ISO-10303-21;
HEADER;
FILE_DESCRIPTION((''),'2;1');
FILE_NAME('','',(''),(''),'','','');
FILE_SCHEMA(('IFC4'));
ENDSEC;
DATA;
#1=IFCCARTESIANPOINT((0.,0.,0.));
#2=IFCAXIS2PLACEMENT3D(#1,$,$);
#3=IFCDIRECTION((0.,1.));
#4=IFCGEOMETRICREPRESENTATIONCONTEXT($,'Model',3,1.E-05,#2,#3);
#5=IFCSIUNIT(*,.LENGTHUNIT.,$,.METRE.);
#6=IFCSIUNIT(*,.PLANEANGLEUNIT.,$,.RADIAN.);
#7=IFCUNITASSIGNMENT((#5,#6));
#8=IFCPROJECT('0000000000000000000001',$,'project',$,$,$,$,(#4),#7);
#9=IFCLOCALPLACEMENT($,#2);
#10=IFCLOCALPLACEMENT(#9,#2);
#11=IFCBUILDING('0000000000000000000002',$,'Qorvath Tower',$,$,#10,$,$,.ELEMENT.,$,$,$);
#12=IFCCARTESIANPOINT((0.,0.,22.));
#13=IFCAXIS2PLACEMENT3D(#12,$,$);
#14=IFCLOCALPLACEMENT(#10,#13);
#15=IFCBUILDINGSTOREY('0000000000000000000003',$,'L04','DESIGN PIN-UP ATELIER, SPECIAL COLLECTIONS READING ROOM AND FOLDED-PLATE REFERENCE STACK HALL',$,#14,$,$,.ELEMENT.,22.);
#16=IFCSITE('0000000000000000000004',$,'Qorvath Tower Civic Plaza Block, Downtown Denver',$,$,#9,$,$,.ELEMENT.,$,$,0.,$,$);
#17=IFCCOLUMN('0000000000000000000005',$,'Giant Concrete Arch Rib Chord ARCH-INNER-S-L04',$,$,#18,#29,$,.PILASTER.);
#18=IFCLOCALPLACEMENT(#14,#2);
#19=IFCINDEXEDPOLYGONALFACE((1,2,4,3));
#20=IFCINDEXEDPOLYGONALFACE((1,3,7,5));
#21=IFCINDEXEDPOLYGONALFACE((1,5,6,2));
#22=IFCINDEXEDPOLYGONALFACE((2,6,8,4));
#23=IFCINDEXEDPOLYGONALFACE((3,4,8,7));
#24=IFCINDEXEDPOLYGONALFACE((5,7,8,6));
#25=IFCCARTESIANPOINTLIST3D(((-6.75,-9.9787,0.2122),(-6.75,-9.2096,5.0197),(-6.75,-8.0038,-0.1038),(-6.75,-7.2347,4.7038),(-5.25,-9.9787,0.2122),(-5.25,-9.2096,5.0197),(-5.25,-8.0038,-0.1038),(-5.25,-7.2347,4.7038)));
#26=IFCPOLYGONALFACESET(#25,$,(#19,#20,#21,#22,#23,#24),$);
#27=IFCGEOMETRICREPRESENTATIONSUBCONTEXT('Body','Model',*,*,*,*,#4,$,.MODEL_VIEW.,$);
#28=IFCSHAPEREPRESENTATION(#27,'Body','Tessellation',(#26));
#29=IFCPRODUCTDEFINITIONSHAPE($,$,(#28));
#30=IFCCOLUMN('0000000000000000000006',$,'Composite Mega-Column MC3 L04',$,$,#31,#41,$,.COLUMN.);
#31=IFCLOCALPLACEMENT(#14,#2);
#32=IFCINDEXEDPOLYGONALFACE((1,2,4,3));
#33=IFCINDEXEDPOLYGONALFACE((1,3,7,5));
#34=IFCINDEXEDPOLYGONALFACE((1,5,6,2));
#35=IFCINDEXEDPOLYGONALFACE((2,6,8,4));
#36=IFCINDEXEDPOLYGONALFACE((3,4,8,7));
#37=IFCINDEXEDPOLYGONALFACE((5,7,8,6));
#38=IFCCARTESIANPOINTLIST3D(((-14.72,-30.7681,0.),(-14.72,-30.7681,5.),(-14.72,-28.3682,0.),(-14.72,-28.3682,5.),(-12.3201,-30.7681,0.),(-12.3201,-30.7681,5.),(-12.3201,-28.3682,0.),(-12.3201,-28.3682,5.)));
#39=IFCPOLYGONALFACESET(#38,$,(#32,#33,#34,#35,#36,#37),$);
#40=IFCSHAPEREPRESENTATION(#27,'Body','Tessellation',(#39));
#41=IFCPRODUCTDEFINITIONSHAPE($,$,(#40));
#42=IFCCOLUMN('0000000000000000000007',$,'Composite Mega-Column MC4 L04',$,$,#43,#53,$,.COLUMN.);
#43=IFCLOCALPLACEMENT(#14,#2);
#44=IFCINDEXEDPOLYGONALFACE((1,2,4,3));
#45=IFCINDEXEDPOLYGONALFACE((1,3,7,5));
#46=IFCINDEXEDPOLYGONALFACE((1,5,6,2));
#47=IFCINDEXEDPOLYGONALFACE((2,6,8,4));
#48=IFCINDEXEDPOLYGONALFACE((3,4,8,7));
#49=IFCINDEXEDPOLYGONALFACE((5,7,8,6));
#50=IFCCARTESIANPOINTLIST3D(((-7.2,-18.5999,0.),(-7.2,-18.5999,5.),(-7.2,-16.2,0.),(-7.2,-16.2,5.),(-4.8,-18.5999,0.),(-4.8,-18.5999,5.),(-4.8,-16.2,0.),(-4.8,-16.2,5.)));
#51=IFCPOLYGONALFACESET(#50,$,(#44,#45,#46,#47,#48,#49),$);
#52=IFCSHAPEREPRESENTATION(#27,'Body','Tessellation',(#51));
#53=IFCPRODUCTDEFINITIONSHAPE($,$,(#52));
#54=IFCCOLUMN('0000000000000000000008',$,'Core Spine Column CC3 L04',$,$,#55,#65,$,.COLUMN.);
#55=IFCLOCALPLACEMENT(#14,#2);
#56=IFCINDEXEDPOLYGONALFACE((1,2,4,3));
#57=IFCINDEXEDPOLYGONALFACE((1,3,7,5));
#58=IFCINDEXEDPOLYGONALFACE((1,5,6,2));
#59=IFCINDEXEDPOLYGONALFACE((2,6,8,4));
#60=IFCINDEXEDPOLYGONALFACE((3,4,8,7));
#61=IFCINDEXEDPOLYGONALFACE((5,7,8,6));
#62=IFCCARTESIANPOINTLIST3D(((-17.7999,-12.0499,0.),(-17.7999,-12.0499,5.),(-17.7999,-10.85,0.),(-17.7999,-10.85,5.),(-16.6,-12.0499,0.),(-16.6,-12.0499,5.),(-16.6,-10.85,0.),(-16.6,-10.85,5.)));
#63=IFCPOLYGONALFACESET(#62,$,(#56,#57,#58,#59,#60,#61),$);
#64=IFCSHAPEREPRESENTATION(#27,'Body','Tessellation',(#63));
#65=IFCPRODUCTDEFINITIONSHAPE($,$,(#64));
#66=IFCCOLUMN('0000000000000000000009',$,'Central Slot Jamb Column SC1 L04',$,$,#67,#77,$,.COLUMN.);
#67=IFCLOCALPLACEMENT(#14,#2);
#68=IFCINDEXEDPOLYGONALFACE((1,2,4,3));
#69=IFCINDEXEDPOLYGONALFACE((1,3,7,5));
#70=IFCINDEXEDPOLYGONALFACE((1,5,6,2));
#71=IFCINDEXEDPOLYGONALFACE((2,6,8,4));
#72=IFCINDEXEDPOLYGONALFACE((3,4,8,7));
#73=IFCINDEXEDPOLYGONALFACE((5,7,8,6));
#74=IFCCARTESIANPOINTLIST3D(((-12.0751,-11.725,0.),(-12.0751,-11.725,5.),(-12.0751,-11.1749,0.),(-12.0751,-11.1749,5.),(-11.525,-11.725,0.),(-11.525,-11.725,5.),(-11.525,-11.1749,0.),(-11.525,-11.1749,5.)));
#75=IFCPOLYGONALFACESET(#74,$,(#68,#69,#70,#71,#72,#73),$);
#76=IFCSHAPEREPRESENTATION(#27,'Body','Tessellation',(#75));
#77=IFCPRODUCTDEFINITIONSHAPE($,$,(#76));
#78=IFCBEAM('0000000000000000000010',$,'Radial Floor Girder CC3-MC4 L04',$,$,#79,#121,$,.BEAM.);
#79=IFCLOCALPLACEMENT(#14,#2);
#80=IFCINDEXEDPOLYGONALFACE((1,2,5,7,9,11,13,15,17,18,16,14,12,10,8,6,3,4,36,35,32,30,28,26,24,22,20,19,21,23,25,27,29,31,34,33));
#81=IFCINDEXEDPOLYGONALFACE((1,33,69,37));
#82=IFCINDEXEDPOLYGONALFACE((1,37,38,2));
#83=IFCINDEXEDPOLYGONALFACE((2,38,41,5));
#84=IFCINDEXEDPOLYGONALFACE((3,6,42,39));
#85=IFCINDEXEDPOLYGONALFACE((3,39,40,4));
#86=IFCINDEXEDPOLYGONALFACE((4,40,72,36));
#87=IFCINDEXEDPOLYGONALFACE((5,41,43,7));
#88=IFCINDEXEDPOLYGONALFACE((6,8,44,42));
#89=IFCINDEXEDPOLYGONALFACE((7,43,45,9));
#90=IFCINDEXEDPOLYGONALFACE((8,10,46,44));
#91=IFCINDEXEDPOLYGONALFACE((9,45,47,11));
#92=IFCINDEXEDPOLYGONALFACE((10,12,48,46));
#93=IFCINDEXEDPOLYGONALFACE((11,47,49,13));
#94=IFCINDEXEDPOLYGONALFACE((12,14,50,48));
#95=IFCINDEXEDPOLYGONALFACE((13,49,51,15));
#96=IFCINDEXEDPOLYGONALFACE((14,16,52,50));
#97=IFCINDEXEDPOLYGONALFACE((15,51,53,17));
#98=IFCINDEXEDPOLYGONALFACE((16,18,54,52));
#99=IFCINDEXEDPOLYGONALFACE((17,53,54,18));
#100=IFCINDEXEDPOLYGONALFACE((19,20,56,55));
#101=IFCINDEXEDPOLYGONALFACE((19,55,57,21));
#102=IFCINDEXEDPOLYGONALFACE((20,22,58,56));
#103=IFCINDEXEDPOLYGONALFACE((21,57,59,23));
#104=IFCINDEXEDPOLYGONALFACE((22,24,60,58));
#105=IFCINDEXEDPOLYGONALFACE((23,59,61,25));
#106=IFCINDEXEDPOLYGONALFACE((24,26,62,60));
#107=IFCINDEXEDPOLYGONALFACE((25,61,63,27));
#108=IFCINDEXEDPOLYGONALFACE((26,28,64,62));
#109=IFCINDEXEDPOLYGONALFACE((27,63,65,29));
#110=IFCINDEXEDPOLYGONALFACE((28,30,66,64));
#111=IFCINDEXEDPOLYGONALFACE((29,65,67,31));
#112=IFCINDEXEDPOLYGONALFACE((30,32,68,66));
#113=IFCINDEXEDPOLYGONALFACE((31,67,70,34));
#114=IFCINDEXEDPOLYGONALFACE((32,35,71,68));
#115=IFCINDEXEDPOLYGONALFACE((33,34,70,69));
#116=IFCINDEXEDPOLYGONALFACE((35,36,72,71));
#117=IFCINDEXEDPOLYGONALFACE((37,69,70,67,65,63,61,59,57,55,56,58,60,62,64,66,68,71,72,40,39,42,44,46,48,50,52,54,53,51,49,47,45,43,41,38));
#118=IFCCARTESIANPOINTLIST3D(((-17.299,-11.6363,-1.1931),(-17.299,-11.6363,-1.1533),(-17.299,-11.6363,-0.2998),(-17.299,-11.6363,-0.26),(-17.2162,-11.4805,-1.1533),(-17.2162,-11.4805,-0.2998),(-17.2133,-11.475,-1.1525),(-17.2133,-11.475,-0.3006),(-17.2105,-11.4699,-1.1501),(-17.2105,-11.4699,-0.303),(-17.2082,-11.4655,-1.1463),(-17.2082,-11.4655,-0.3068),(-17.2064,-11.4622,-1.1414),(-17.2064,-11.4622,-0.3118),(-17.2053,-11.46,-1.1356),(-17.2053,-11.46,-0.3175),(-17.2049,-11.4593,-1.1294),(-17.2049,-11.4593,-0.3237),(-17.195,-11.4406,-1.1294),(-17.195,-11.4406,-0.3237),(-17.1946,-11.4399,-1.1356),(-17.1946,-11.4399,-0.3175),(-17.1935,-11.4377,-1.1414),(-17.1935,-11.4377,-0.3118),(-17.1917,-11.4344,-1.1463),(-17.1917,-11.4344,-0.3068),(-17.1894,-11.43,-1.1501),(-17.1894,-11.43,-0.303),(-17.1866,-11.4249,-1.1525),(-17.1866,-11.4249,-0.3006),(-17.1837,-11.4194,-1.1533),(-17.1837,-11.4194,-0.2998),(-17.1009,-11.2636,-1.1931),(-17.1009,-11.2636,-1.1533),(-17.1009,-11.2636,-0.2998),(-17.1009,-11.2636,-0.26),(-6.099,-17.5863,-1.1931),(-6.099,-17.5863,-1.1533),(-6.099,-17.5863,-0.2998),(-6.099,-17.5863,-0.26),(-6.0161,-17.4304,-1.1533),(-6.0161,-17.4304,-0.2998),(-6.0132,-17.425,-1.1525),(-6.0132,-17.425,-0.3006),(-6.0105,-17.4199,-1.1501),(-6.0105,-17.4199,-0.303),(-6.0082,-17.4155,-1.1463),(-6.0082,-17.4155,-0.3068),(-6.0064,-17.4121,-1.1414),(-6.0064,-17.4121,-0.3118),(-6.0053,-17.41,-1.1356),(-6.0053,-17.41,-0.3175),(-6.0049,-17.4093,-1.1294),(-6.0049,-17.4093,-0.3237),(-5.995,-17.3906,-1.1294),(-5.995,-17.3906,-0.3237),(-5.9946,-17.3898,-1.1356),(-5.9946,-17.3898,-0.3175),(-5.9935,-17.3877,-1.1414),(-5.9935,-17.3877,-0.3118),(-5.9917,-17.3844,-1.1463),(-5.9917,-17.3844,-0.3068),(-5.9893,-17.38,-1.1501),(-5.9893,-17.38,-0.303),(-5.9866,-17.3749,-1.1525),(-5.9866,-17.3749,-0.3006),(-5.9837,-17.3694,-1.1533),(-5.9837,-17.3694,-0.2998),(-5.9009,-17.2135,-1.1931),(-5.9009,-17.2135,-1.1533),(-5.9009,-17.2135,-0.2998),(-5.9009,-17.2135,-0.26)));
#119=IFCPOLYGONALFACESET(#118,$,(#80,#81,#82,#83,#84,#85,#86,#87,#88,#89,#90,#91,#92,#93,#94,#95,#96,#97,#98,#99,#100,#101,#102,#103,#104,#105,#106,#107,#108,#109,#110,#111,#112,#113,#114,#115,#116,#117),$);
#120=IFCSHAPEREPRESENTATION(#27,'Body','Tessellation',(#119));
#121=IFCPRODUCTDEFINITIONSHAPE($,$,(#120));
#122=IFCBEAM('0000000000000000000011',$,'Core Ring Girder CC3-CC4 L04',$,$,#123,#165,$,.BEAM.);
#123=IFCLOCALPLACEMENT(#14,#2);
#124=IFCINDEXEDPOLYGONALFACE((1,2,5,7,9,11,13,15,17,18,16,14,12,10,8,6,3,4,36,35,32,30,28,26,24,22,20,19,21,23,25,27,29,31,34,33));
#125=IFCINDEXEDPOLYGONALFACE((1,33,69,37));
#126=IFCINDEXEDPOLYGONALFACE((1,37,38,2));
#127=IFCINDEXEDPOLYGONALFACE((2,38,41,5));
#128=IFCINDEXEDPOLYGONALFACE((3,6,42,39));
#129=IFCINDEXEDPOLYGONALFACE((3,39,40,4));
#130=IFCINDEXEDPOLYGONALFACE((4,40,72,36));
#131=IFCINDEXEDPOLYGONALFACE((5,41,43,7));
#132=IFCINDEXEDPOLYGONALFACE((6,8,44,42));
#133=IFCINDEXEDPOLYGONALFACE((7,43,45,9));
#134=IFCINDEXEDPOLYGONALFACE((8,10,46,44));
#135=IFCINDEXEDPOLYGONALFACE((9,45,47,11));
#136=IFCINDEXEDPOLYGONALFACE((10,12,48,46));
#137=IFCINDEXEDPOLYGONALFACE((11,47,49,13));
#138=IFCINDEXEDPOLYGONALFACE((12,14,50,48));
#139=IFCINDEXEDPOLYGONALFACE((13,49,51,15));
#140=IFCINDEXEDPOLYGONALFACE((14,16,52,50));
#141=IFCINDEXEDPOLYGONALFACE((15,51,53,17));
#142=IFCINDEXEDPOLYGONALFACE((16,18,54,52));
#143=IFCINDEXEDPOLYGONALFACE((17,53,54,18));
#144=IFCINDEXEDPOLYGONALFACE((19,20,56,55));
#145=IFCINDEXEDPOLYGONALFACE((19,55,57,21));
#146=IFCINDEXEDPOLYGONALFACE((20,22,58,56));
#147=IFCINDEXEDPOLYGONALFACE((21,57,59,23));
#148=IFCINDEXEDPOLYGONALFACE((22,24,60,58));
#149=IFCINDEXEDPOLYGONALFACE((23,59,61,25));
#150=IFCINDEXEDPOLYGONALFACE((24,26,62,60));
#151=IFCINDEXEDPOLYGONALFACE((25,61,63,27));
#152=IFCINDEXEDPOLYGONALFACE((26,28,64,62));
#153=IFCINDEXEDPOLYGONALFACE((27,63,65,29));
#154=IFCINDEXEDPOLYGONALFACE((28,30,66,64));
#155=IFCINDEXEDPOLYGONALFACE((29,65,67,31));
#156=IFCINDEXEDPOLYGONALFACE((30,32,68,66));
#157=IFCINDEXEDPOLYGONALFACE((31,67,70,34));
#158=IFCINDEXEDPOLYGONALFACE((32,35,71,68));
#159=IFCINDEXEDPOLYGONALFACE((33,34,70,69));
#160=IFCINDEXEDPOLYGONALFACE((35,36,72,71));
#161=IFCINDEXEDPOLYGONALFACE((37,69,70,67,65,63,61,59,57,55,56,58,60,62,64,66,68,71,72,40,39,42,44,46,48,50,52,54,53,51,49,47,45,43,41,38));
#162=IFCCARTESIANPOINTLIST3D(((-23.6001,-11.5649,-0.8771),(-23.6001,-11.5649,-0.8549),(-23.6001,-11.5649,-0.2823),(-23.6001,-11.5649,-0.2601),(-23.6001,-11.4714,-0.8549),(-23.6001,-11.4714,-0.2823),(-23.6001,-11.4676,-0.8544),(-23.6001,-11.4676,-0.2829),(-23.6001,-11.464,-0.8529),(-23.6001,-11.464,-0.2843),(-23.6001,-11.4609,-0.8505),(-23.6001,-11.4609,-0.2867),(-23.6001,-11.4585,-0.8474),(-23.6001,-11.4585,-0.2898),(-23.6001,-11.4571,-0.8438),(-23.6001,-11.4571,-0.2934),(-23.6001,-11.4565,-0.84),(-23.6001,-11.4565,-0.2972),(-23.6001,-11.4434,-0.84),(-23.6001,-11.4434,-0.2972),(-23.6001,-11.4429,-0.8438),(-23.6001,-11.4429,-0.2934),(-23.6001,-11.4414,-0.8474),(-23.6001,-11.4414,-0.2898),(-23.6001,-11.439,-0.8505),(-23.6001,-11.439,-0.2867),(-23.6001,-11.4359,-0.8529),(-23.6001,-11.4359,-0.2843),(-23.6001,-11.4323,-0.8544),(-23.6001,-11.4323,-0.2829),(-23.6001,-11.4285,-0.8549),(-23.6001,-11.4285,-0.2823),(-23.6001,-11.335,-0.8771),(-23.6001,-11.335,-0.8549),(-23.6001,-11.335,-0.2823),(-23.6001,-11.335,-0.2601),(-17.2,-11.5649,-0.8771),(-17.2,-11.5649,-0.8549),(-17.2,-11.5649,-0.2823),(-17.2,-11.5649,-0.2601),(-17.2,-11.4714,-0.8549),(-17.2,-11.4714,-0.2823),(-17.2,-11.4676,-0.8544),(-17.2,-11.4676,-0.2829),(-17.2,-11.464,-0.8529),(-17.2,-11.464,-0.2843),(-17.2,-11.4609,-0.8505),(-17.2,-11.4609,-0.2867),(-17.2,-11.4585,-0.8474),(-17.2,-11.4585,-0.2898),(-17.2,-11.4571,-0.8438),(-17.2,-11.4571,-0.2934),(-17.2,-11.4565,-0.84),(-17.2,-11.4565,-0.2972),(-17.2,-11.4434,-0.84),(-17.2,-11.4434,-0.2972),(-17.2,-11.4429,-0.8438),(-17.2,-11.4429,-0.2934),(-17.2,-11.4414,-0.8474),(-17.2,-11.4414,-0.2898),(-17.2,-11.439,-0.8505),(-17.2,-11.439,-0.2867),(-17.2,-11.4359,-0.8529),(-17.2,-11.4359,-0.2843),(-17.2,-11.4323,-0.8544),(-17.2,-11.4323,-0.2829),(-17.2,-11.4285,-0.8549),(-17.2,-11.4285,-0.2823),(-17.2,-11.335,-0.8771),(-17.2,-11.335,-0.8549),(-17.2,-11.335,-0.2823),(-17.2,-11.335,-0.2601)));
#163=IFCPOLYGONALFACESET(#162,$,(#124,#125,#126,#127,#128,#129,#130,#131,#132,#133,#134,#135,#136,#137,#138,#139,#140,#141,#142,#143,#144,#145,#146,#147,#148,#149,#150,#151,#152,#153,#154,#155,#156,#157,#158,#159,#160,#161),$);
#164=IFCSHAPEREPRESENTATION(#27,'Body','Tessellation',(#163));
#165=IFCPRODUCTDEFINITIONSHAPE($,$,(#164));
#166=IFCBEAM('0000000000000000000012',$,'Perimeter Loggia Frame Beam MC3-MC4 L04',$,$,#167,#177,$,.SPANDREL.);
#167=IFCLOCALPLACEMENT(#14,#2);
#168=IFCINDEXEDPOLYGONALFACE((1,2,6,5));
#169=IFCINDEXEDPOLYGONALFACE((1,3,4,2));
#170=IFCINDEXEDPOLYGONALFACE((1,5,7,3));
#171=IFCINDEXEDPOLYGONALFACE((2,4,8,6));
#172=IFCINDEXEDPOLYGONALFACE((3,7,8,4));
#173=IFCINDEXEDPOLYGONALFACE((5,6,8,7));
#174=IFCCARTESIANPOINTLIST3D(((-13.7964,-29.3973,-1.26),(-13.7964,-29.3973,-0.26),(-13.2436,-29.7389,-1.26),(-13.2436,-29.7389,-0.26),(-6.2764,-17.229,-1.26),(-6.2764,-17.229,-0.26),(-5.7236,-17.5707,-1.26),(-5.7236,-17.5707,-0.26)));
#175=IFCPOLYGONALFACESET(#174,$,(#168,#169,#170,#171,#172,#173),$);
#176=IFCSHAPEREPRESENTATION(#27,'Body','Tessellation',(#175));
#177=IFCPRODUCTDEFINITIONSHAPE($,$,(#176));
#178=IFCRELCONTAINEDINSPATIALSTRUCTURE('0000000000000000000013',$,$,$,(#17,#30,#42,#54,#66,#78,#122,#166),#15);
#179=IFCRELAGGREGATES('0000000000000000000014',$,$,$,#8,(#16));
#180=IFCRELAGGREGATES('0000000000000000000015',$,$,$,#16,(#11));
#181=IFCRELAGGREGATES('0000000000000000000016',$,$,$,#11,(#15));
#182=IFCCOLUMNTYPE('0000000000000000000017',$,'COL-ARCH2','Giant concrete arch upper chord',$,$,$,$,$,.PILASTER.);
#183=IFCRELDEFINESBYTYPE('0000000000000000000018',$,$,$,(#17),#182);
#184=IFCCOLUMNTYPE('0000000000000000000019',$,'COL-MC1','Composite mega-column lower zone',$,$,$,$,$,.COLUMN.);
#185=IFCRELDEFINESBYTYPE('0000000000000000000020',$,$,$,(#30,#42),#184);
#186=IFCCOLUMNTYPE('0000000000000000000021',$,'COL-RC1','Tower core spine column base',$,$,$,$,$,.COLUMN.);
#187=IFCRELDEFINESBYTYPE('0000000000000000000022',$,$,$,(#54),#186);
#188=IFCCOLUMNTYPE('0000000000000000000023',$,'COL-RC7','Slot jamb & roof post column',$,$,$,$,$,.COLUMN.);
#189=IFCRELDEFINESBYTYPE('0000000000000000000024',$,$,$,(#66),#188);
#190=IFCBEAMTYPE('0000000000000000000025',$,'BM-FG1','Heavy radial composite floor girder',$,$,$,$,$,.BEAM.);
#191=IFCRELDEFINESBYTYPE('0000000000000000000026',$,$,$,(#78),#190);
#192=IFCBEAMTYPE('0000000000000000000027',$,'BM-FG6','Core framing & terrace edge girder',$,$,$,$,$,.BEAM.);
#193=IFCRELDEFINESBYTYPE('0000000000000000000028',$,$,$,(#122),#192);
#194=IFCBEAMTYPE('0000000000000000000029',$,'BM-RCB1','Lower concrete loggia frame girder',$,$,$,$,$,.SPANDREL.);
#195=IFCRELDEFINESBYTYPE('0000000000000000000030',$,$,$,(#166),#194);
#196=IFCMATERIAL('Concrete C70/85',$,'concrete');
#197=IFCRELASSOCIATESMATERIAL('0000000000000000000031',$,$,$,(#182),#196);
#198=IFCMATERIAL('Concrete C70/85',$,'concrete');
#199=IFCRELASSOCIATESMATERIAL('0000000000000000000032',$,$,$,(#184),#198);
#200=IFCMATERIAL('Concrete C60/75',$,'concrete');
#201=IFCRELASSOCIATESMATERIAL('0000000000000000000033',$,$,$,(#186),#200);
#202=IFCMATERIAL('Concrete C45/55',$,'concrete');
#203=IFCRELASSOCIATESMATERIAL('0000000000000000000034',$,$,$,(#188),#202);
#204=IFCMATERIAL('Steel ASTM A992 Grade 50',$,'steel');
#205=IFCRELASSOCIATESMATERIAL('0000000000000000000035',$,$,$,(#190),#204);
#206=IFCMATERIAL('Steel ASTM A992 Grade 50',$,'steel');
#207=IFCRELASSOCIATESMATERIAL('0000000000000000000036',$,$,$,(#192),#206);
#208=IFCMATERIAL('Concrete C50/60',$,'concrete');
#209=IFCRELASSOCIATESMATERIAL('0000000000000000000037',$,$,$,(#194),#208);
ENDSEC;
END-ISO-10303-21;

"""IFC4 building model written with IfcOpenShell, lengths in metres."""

from ifc_helpers import new_model, si_unit, direction, frame, origin, origin_2d, place, context, subcontext, project, spatial, rectangle, i_section, extrude, material, material_profile, profile_set, type_object, element, save


model = new_model("IFC4")

# Units and contexts
model_context = context("Model", 3, precision=1e-05, world=origin(), true_north=direction((0.0, 1.0)))
body_context = subcontext(model_context, "Body", "Model", "MODEL_VIEW")
ifc_project = project(units=[si_unit("LENGTHUNIT", "METRE"), si_unit("PLANEANGLEUNIT", "RADIAN")], contexts=[model_context])

# Site, building, storey
site_placement = place(None, origin())
site = spatial("IfcSite", under=ifc_project, at=site_placement, Name="Qorvath Tower Civic Plaza Block, Downtown Denver", CompositionType="ELEMENT", RefElevation=0.0)
building_placement = place(site_placement, origin())
building = spatial("IfcBuilding", under=site, at=building_placement, Name="Qorvath Tower", CompositionType="ELEMENT")
storey_placement = place(building_placement, frame((0.0, 0.0, 22.0)))
storey = spatial("IfcBuildingStorey", under=building, at=storey_placement, Name="L04", Description="DESIGN PIN-UP ATELIER, SPECIAL COLLECTIONS READING ROOM AND FOLDED-PLATE REFERENCE STACK HALL", CompositionType="ELEMENT", Elevation=22.0)

# Columns
ifc_material_1 = material(Name="Concrete C70/85", Category="concrete")
ifc_material_profile_1 = material_profile(ifc_material_1, rectangle(XDim=1.5, YDim=2.0, at=origin_2d()), Name="ARCH 2000x1500")
ifc_profile_set_1 = profile_set([ifc_material_profile_1], Name="Concrete C70/85")
column_type_1 = type_object("IfcColumnType", Name="COL-ARCH2", Description="Giant concrete arch upper chord", PredefinedType="PILASTER", material=ifc_profile_set_1)
column_1_placement = place(storey_placement, frame((-6.0, -8.9912, 0.0542), z_axis=(0.0, 0.157955, 0.987446), x_axis=(-1.0, 0.0, 0.0)))
element("IfcColumn", 1, at=column_1_placement, inside=storey, type_object=column_type_1, Name="Giant Concrete Arch Rib Chord ARCH-INNER-S-L04", PredefinedType="PILASTER", context=body_context, shape_type="SweptSolid", body=[
    extrude(rectangle(XDim=1.5, YDim=2.0, at=origin_2d()), origin(), (0.0, 0.0, 1.0), 4.8687),
])
ifc_material_2 = material(Name="Concrete C70/85", Category="concrete")
ifc_material_profile_2 = material_profile(ifc_material_2, rectangle(XDim=2.3999, YDim=2.3999, at=origin_2d()), Name="MC 2400x2400")
ifc_profile_set_2 = profile_set([ifc_material_profile_2], Name="Concrete C70/85")
column_type_2 = type_object("IfcColumnType", Name="COL-MC1", Description="Composite mega-column lower zone", PredefinedType="COLUMN", material=ifc_profile_set_2)
for number, where, z_axis, x_axis, name in (
    (2, (-13.52, -29.5681, 0.0), (0.0, 0.0, 1.0), (1.0, 0.0, 0.0), "Composite Mega-Column MC3 L04"),
    (3, (-6.0, -17.3999, 0.0), (0.0, 0.0, 1.0), (1.0, 0.0, 0.0), "Composite Mega-Column MC4 L04"),
):
    element("IfcColumn", number, at=place(storey_placement, frame(where, z_axis=z_axis, x_axis=x_axis)), inside=storey, type_object=column_type_2, Name=name, PredefinedType="COLUMN", context=body_context, shape_type="SweptSolid", body=[
        extrude(rectangle(XDim=2.3999, YDim=2.3999, at=origin_2d()), origin(), (0.0, 0.0, 1.0), 5.0),
    ])
ifc_material_3 = material(Name="Concrete C60/75", Category="concrete")
ifc_material_profile_3 = material_profile(ifc_material_3, rectangle(XDim=1.2, YDim=1.2, at=origin_2d()), Name="RC 1200x1200")
ifc_profile_set_3 = profile_set([ifc_material_profile_3], Name="Concrete C60/75")
column_type_3 = type_object("IfcColumnType", Name="COL-RC1", Description="Tower core spine column base", PredefinedType="COLUMN", material=ifc_profile_set_3)
column_2_placement = place(storey_placement, frame((-17.2, -11.45, 0.0), z_axis=(0.0, 0.0, 1.0), x_axis=(1.0, 0.0, 0.0)))
element("IfcColumn", 4, at=column_2_placement, inside=storey, type_object=column_type_3, Name="Core Spine Column CC3 L04", PredefinedType="COLUMN", context=body_context, shape_type="SweptSolid", body=[
    extrude(rectangle(XDim=1.2, YDim=1.2, at=origin_2d()), origin(), (0.0, 0.0, 1.0), 5.0),
])
ifc_material_4 = material(Name="Concrete C45/55", Category="concrete")
ifc_material_profile_4 = material_profile(ifc_material_4, rectangle(XDim=0.55, YDim=0.55, at=origin_2d()), Name="RC 550x550")
ifc_profile_set_4 = profile_set([ifc_material_profile_4], Name="Concrete C45/55")
column_type_4 = type_object("IfcColumnType", Name="COL-RC7", Description="Slot jamb & roof post column", PredefinedType="COLUMN", material=ifc_profile_set_4)
column_3_placement = place(storey_placement, frame((-11.8, -11.45, 0.0), z_axis=(0.0, 0.0, 1.0), x_axis=(1.0, 0.0, 0.0)))
element("IfcColumn", 5, at=column_3_placement, inside=storey, type_object=column_type_4, Name="Central Slot Jamb Column SC1 L04", PredefinedType="COLUMN", context=body_context, shape_type="SweptSolid", body=[
    extrude(rectangle(XDim=0.55, YDim=0.55, at=origin_2d()), origin(), (0.0, 0.0, 1.0), 5.0),
])

# Beams
ifc_material_5 = material(Name="Steel ASTM A992 Grade 50", Category="steel")
ifc_material_profile_5 = material_profile(ifc_material_5, i_section(OverallWidth=0.4221, OverallDepth=0.9331, WebThickness=0.0212, FlangeThickness=0.0398, FilletRadius=0.0239, at=origin_2d()), Name="W36x262")
ifc_profile_set_5 = profile_set([ifc_material_profile_5], Name="Steel ASTM A992 Grade 50")
beam_type_1 = type_object("IfcBeamType", Name="BM-FG1", Description="Heavy radial composite floor girder", PredefinedType="BEAM", material=ifc_profile_set_5)
beam_1_placement = place(storey_placement, frame((-17.2, -11.45, -0.7266), z_axis=(0.883116, -0.469154, 0.0), x_axis=(0.469154, 0.883116, 0.0)))
element("IfcBeam", 6, at=beam_1_placement, inside=storey, type_object=beam_type_1, Name="Radial Floor Girder CC3-MC4 L04", PredefinedType="BEAM", context=body_context, shape_type="SweptSolid", body=[
    extrude(i_section(OverallWidth=0.4221, OverallDepth=0.9331, WebThickness=0.0212, FlangeThickness=0.0398, FilletRadius=0.0239, at=origin_2d()), origin(), (0.0, 0.0, 1.0), 12.6824),
])
ifc_material_6 = material(Name="Steel ASTM A992 Grade 50", Category="steel")
ifc_material_profile_6 = material_profile(ifc_material_6, i_section(OverallWidth=0.23, OverallDepth=0.6169, WebThickness=0.0132, FlangeThickness=0.0222, FilletRadius=0.0149, at=origin_2d()), Name="W24x94")
ifc_profile_set_6 = profile_set([ifc_material_profile_6], Name="Steel ASTM A992 Grade 50")
beam_type_2 = type_object("IfcBeamType", Name="BM-FG6", Description="Core framing & terrace edge girder", PredefinedType="BEAM", material=ifc_profile_set_6)
beam_2_placement = place(storey_placement, frame((-17.2, -11.45, -0.5686), z_axis=(-1.0, 0.0, 0.0), x_axis=(0.0, -1.0, 0.0)))
element("IfcBeam", 7, at=beam_2_placement, inside=storey, type_object=beam_type_2, Name="Core Ring Girder CC3-CC4 L04", PredefinedType="BEAM", context=body_context, shape_type="SweptSolid", body=[
    extrude(i_section(OverallWidth=0.23, OverallDepth=0.6169, WebThickness=0.0132, FlangeThickness=0.0222, FilletRadius=0.0149, at=origin_2d()), origin(), (0.0, 0.0, 1.0), 6.4001),
])
ifc_material_7 = material(Name="Concrete C50/60", Category="concrete")
ifc_material_profile_7 = material_profile(ifc_material_7, rectangle(XDim=0.6499, YDim=1.0, at=origin_2d()), Name="RCB 1000x650")
ifc_profile_set_7 = profile_set([ifc_material_profile_7], Name="Concrete C50/60")
beam_type_3 = type_object("IfcBeamType", Name="BM-RCB1", Description="Lower concrete loggia frame girder", PredefinedType="SPANDREL", material=ifc_profile_set_7)
beam_3_placement = place(storey_placement, frame((-13.52, -29.5681, -0.76), z_axis=(0.525713, 0.850662, 0.0), x_axis=(-0.850662, 0.525713, 0.0)))
element("IfcBeam", 8, at=beam_3_placement, inside=storey, type_object=beam_type_3, Name="Perimeter Loggia Frame Beam MC3-MC4 L04", PredefinedType="SPANDREL", context=body_context, shape_type="SweptSolid", body=[
    extrude(rectangle(XDim=0.6499, YDim=1.0, at=origin_2d()), origin(), (0.0, 0.0, 1.0), 14.3044),
])

save(model, "model.ifc")
